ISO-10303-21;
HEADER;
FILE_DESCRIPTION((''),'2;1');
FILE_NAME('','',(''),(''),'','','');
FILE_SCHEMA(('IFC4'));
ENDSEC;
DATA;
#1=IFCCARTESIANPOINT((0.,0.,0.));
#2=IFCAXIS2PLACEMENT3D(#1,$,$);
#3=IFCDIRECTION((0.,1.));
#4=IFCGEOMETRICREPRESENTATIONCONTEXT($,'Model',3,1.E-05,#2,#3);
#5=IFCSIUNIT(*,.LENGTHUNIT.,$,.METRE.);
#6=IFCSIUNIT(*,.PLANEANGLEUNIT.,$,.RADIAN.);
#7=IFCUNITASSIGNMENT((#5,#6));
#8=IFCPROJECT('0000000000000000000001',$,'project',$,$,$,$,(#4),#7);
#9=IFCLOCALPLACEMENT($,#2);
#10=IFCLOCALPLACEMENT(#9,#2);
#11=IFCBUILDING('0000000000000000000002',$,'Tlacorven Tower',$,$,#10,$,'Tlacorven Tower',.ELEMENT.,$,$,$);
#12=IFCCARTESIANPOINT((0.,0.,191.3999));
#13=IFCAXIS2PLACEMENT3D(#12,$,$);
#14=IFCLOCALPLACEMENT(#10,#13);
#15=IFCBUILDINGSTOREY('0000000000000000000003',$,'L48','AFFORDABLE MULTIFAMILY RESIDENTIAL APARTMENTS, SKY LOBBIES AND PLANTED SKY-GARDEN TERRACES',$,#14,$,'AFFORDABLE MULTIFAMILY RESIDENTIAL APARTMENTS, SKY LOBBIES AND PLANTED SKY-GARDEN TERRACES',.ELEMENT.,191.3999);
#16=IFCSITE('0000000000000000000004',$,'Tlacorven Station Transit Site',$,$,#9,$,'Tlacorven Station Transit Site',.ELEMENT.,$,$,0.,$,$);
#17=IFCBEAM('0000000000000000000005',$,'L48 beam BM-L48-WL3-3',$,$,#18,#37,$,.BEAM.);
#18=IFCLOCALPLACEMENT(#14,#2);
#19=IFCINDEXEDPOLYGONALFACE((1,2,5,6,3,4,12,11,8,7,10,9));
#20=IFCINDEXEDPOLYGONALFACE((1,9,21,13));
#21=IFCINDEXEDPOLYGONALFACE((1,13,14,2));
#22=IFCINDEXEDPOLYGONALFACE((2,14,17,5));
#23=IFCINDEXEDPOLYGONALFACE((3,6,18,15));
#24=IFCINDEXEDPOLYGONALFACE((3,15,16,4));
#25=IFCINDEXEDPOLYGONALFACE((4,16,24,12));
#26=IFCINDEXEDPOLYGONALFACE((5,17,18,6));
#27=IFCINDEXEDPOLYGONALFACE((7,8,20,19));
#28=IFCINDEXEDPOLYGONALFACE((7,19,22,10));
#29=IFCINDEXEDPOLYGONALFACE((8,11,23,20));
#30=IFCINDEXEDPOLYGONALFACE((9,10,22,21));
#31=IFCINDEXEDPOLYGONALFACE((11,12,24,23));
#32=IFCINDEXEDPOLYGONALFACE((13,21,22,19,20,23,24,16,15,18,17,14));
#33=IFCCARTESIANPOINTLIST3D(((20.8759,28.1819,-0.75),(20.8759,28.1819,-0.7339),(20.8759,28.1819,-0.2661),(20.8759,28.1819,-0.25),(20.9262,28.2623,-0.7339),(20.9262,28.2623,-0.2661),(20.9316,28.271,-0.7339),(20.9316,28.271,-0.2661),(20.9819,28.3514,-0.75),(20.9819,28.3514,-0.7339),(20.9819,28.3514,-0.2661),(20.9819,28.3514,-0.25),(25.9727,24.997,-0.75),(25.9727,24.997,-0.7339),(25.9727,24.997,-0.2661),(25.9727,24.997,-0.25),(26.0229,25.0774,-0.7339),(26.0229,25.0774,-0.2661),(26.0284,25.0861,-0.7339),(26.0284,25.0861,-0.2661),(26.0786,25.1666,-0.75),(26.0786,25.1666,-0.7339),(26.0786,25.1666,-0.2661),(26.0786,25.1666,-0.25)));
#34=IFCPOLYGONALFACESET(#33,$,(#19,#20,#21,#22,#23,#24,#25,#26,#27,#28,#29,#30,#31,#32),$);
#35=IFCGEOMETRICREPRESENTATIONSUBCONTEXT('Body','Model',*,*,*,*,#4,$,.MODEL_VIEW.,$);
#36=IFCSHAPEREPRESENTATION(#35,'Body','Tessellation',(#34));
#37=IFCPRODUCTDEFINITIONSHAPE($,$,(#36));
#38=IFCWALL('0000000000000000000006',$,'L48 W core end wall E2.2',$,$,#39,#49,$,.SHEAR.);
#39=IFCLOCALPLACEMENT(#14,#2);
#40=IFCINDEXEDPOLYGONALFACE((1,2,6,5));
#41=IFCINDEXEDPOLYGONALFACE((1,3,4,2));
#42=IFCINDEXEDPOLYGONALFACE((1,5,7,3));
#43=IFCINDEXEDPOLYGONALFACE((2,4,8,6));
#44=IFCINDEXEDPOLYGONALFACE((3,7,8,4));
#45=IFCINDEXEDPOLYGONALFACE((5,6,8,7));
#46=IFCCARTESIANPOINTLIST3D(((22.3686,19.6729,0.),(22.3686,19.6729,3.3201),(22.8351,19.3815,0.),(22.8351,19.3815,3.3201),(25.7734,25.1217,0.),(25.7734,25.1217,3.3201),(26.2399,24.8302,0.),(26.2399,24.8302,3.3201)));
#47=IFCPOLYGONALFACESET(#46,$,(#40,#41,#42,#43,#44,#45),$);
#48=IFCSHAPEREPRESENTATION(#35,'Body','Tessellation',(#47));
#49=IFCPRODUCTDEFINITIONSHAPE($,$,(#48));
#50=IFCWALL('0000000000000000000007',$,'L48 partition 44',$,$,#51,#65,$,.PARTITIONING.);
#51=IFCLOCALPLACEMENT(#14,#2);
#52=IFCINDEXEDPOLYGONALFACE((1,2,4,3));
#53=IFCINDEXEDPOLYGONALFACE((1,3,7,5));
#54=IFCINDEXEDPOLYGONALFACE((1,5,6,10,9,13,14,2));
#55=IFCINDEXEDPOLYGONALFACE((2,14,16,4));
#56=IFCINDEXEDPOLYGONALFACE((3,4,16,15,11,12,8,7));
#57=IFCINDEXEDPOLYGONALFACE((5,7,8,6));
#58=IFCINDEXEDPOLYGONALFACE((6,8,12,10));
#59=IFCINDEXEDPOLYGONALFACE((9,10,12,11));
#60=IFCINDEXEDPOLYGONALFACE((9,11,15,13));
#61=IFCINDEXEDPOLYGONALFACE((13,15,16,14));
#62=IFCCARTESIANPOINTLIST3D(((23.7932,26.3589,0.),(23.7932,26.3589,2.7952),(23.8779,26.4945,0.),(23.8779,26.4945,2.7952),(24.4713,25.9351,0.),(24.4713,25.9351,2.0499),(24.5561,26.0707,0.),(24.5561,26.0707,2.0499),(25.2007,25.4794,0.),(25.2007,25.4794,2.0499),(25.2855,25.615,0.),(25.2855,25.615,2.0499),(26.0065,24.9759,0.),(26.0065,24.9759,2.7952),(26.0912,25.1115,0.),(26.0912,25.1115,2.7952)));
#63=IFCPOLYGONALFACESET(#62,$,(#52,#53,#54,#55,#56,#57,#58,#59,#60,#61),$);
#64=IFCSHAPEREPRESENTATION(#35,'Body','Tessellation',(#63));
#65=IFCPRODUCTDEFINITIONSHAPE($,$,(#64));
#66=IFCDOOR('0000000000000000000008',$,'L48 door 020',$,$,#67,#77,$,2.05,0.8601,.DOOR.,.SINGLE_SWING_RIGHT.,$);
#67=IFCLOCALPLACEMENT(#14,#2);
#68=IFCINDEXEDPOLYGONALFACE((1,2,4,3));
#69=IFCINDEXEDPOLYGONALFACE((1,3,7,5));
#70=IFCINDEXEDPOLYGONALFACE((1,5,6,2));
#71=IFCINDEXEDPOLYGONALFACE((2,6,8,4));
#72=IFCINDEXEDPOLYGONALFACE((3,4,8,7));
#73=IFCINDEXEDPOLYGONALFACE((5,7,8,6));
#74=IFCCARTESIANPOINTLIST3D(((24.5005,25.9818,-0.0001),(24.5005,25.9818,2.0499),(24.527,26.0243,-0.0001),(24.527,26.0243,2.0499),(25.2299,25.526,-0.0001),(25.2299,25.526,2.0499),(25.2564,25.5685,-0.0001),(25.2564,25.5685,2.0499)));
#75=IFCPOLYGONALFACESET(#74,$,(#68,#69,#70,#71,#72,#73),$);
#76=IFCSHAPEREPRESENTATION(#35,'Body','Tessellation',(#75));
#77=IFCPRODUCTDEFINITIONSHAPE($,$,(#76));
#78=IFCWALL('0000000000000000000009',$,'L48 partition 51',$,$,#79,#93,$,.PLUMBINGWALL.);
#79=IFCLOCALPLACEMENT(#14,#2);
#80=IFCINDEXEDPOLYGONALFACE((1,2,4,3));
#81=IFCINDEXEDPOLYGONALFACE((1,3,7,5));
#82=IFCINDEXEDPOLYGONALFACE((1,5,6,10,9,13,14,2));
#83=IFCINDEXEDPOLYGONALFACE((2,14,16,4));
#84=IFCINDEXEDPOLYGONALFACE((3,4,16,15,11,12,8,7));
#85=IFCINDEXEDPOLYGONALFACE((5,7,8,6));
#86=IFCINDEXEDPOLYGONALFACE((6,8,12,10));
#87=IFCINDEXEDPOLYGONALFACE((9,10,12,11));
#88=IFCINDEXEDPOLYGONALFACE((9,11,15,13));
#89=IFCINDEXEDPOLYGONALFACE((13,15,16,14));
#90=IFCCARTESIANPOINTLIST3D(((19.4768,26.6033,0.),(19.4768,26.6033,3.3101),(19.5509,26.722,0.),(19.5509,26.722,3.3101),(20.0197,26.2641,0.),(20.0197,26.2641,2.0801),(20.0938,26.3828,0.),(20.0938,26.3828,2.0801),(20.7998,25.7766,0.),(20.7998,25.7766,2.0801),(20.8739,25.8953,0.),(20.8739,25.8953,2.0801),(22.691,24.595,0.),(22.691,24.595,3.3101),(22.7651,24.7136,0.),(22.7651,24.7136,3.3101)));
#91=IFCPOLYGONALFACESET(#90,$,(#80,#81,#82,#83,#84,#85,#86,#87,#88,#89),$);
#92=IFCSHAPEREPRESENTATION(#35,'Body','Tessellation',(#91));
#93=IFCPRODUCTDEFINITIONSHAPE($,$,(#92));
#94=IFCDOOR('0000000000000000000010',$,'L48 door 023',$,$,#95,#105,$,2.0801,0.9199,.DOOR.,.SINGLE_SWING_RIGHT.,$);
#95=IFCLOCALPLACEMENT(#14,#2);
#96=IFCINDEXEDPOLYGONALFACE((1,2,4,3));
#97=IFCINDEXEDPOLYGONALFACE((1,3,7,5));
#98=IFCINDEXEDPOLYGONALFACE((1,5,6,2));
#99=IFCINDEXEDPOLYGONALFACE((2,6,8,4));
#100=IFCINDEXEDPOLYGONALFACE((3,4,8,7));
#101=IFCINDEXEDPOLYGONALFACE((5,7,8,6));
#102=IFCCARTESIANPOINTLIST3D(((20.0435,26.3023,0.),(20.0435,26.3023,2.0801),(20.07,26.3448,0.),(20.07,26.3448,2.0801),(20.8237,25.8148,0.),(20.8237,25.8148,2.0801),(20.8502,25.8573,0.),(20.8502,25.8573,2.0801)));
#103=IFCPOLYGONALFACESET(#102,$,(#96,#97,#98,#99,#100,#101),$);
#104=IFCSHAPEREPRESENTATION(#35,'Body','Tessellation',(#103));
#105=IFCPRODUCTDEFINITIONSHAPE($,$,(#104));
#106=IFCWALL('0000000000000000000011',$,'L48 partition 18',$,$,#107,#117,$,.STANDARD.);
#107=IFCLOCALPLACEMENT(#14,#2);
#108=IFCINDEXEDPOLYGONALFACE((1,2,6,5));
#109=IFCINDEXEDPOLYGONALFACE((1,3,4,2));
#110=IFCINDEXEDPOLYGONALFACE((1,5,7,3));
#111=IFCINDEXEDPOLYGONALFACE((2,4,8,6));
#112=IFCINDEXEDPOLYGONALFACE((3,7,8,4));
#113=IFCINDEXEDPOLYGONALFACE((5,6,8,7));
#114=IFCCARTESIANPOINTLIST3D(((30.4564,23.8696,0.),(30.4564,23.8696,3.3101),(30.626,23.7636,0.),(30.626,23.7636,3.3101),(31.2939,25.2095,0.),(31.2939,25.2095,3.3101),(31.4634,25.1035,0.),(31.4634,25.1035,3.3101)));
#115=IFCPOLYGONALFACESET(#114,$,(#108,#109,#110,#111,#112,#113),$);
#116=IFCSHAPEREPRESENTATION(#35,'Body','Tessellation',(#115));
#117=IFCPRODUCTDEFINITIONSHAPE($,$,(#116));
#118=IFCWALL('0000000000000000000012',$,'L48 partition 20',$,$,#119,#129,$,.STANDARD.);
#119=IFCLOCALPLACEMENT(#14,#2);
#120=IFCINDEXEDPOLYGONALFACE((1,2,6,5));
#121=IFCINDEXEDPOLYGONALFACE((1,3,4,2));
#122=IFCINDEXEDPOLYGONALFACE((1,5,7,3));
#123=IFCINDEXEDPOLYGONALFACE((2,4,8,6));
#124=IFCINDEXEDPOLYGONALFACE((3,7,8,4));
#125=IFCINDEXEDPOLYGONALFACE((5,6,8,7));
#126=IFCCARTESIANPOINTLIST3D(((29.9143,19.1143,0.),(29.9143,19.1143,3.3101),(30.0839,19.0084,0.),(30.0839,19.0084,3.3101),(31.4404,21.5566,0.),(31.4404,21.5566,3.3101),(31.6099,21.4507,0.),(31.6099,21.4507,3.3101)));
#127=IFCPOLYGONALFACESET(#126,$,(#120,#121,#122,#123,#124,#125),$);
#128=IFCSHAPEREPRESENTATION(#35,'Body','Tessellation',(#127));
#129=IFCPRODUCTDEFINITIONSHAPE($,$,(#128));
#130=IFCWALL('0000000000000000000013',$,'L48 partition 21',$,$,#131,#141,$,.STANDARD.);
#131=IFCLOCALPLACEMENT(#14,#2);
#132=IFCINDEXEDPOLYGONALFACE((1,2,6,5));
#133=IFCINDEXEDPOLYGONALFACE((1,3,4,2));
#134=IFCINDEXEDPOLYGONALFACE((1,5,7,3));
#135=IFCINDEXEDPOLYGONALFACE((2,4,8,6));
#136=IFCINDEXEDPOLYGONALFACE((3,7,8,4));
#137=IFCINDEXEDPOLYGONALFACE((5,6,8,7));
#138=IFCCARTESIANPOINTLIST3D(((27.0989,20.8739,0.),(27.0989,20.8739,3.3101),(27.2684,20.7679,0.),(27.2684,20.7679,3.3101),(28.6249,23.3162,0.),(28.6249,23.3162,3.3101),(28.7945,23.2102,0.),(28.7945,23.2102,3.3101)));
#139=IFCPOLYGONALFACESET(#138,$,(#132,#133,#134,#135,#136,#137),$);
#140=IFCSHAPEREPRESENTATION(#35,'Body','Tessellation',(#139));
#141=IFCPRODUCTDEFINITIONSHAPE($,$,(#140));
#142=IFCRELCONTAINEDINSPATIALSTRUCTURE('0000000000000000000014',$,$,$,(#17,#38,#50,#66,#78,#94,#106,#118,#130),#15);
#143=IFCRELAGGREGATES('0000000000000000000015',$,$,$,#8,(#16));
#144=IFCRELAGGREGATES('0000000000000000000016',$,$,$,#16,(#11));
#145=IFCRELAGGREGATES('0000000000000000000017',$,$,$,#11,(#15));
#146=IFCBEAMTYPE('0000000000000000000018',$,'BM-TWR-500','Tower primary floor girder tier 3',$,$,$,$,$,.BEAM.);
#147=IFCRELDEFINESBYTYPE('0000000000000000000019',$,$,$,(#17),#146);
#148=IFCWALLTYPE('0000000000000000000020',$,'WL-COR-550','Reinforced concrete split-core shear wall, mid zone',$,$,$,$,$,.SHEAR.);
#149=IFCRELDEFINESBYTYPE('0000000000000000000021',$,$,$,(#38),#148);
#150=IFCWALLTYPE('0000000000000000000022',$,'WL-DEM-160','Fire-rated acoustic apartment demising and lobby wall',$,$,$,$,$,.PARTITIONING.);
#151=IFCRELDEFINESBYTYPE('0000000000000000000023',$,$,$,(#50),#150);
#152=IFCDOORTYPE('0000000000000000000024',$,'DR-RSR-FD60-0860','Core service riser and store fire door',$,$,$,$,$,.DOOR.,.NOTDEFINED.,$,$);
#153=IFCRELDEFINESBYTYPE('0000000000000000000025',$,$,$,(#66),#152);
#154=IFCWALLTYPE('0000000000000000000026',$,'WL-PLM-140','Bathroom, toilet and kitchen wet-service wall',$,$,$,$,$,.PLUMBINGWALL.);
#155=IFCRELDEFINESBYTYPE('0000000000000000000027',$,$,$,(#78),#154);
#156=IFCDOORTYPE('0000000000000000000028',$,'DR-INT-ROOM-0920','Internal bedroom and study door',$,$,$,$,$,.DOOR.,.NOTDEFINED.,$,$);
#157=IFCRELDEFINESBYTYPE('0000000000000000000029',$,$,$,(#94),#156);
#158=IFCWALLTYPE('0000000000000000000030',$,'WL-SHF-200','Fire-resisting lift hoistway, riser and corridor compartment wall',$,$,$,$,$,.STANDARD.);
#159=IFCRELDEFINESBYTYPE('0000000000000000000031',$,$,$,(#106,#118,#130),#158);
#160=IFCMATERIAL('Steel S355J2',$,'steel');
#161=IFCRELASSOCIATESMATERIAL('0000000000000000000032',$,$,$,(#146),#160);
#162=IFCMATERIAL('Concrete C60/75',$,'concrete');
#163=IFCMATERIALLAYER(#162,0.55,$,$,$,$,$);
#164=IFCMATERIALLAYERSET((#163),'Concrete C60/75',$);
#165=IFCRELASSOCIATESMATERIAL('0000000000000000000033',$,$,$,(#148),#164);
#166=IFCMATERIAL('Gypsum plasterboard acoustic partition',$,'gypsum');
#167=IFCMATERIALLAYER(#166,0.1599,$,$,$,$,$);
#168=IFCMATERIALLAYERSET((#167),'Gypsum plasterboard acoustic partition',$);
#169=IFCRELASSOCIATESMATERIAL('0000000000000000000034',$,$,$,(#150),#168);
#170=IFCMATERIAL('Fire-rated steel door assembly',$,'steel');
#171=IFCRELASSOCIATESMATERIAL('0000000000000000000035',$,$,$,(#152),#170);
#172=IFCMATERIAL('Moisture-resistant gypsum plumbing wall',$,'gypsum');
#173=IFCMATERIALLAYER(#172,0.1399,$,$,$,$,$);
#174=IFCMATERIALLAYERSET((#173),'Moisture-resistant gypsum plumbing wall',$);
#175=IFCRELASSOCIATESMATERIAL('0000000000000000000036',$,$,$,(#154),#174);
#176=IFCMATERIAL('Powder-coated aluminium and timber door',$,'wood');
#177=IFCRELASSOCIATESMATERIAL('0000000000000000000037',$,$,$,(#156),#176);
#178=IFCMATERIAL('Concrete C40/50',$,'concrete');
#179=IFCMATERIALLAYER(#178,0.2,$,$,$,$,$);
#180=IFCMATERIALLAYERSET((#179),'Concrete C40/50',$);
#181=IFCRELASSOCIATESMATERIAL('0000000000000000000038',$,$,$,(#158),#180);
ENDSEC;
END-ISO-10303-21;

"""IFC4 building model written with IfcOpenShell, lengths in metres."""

from ifc_helpers import new_model, si_unit, direction, frame, frame_2d, origin, origin_2d, place, context, subcontext, project, spatial, rectangle, i_section, extrude, source, transform, mapped, material, layer, layer_set, material_profile, profile_set, type_object, element, fill, save


model = new_model("IFC4")

# Units and contexts
model_context = context("Model", 3, precision=1e-05, world=origin(), true_north=direction((0.0, 1.0)))
body_context = subcontext(model_context, "Body", "Model", "MODEL_VIEW")
ifc_project = project(units=[si_unit("LENGTHUNIT", "METRE"), si_unit("PLANEANGLEUNIT", "RADIAN")], contexts=[model_context])

# Site, building, storey
site_placement = place(None, origin())
site = spatial("IfcSite", under=ifc_project, at=site_placement, Name="Tlacorven Station Transit Site", LongName="Tlacorven Station Transit Site", CompositionType="ELEMENT", RefElevation=0.0)
building_placement = place(site_placement, origin())
building = spatial("IfcBuilding", under=site, at=building_placement, Name="Tlacorven Tower", LongName="Tlacorven Tower", CompositionType="ELEMENT")
storey_placement = place(building_placement, frame((0.0, 0.0, 191.3999)))
storey = spatial("IfcBuildingStorey", under=building, at=storey_placement, Name="L48", Description="AFFORDABLE MULTIFAMILY RESIDENTIAL APARTMENTS, SKY LOBBIES AND PLANTED SKY-GARDEN TERRACES", LongName="AFFORDABLE MULTIFAMILY RESIDENTIAL APARTMENTS, SKY LOBBIES AND PLANTED SKY-GARDEN TERRACES", CompositionType="ELEMENT", Elevation=191.3999)

# Beam
ifc_material_1 = material(Name="Steel S355J2", Category="steel")
ifc_material_profile = material_profile(ifc_material_1, i_section(OverallWidth=0.2, OverallDepth=0.5, WebThickness=0.0103, FlangeThickness=0.0161, at=origin_2d()), Name="IPE 500")
ifc_profile_set = profile_set([ifc_material_profile], Name="Steel S355J2")
beam_type = type_object("IfcBeamType", Name="BM-TWR-500", Description="Tower primary floor girder tier 3", PredefinedType="BEAM", material=ifc_profile_set)
shared_shape_1 = source(origin(), body_context, "Body", "SweptSolid", [
    extrude(i_section(OverallWidth=0.2, OverallDepth=0.5, WebThickness=0.0103, FlangeThickness=0.0161, at=origin_2d()), origin(), (0.0, 0.0, 1.0), 6.01),
])
beam_placement = place(storey_placement, frame((26.0256, 25.0818, -0.5), z_axis=(-0.848044, 0.529926, 0.0), x_axis=(-0.529926, -0.848044, 0.0)))
element("IfcBeam", 1, at=beam_placement, inside=storey, type_object=beam_type, Name="L48 beam BM-L48-WL3-3", PredefinedType="BEAM", context=body_context, shape_type="MappedRepresentation", body=[
    mapped(shared_shape_1, transform((0.0, 0.0, 0.0), scale=1.0)),
])

# Wall
ifc_material_2 = material(Name="Concrete C60/75", Category="concrete")
ifc_layer_1 = layer(ifc_material_2, 0.55)
ifc_layer_set_1 = layer_set([ifc_layer_1], Name="Concrete C60/75")
wall_type_1 = type_object("IfcWallType", Name="WL-COR-550", Description="Reinforced concrete split-core shear wall, mid zone", PredefinedType="SHEAR", material=ifc_layer_set_1)
wall_1_placement = place(storey_placement, frame((26.0066, 24.9758, 0.0), z_axis=(0.0, 0.0, 1.0), x_axis=(-0.529924, -0.848045, 0.0)))
element("IfcWall", 2, at=wall_1_placement, inside=storey, type_object=wall_type_1, Name="L48 W core end wall E2.2", PredefinedType="SHEAR", context=body_context, shape_type="SweptSolid", body=[
    extrude(rectangle(XDim=6.425, YDim=0.55, at=frame_2d((3.2124, 0.0))), origin(), (0.0, 0.0, 1.0), 3.3201),
])

# Walls, openings, doors
ifc_material_3 = material(Name="Gypsum plasterboard acoustic partition", Category="gypsum")
ifc_layer_2 = layer(ifc_material_3, 0.1599)
ifc_layer_set_2 = layer_set([ifc_layer_2], Name="Gypsum plasterboard acoustic partition")
wall_type_2 = type_object("IfcWallType", Name="WL-DEM-160", Description="Fire-rated acoustic apartment demising and lobby wall", PredefinedType="PARTITIONING", material=ifc_layer_set_2)
wall_2_placement = place(storey_placement, frame((26.0488, 25.0437, 0.0), z_axis=(0.0, 0.0, 1.0), x_axis=(-0.848051, 0.529915, 0.0)))
wall_2 = element("IfcWall", 3, at=wall_2_placement, inside=storey, type_object=wall_type_2, Name="L48 partition 44", PredefinedType="PARTITIONING", context=body_context, shape_type="SweptSolid", body=[
    extrude(rectangle(XDim=2.6099, YDim=0.1599, at=frame_2d((1.3049, 0.0))), origin(), (0.0, 0.0, 1.0), 2.7952),
])
opening_1_placement = place(wall_2_placement, frame((0.95, 0.0, 0.0)))
opening_1 = element("IfcOpeningElement", 4, at=opening_1_placement, cuts=wall_2, PredefinedType="OPENING", context=body_context, shape_type="SweptSolid", body=[
    extrude(rectangle(XDim=0.8601, YDim=2.05, at=frame_2d((0.4302, 1.0249))), frame((0.0, 0.0898, 0.0), z_axis=(0.0, -1.0, 0.0), x_axis=(1.0, 0.0, 0.0)), (0.0, 0.0, 1.0), 0.1799),
])
ifc_material_4 = material(Name="Fire-rated steel door assembly", Category="steel")
door_type_1 = type_object("IfcDoorType", Name="DR-RSR-FD60-0860", Description="Core service riser and store fire door", OperationType="NOTDEFINED", PredefinedType="DOOR", material=ifc_material_4)
shared_shape_2 = source(origin(), body_context, "Body", "SweptSolid", [
    extrude(rectangle(XDim=0.8601, YDim=2.05, at=frame_2d((0.4302, 1.0249))), frame((0.0, 0.0249, 0.0), z_axis=(0.0, -1.0, 0.0), x_axis=(1.0, 0.0, 0.0)), (0.0, 0.0, 1.0), 0.05),
])
door_1_placement = place(opening_1_placement, origin())
door_1 = element("IfcDoor", 5, at=door_1_placement, inside=storey, type_object=door_type_1, Name="L48 door 020", OperationType="SINGLE_SWING_RIGHT", OverallHeight=2.05, OverallWidth=0.8601, PredefinedType="DOOR", context=body_context, shape_type="MappedRepresentation", body=[
    mapped(shared_shape_2, transform((0.0, 0.0, 0.0), scale=1.0)),
])
fill(opening_1, door_1)
ifc_material_5 = material(Name="Moisture-resistant gypsum plumbing wall", Category="gypsum")
ifc_layer_3 = layer(ifc_material_5, 0.1399)
ifc_layer_set_3 = layer_set([ifc_layer_3], Name="Moisture-resistant gypsum plumbing wall")
wall_type_3 = type_object("IfcWallType", Name="WL-PLM-140", Description="Bathroom, toilet and kitchen wet-service wall", PredefinedType="PLUMBINGWALL", material=ifc_layer_set_3)
wall_3_placement = place(storey_placement, frame((22.728, 24.6543, 0.0), z_axis=(0.0, 0.0, 1.0), x_axis=(-0.84806, 0.529901, 0.0)))
wall_3 = element("IfcWall", 6, at=wall_3_placement, inside=storey, type_object=wall_type_3, Name="L48 partition 51", PredefinedType="PLUMBINGWALL", context=body_context, shape_type="SweptSolid", body=[
    extrude(rectangle(XDim=3.79, YDim=0.1399, at=frame_2d((1.895, 0.0))), origin(), (0.0, 0.0, 1.0), 3.3101),
])
opening_2_placement = place(wall_3_placement, frame((2.23, 0.0, 0.0)))
opening_2 = element("IfcOpeningElement", 7, at=opening_2_placement, cuts=wall_3, PredefinedType="OPENING", context=body_context, shape_type="SweptSolid", body=[
    extrude(rectangle(XDim=0.9199, YDim=2.0801, at=frame_2d((0.46, 1.04))), frame((0.0, 0.0801, 0.0), z_axis=(0.0, -1.0, 0.0), x_axis=(1.0, 0.0, 0.0)), (0.0, 0.0, 1.0), 0.1599),
])
ifc_material_6 = material(Name="Powder-coated aluminium and timber door", Category="wood")
door_type_2 = type_object("IfcDoorType", Name="DR-INT-ROOM-0920", Description="Internal bedroom and study door", OperationType="NOTDEFINED", PredefinedType="DOOR", material=ifc_material_6)
shared_shape_3 = source(origin(), body_context, "Body", "SweptSolid", [
    extrude(rectangle(XDim=0.9199, YDim=2.0801, at=frame_2d((0.46, 1.04))), frame((0.0, 0.0249, 0.0), z_axis=(0.0, -1.0, 0.0), x_axis=(1.0, 0.0, 0.0)), (0.0, 0.0, 1.0), 0.05),
])
door_2_placement = place(opening_2_placement, origin())
door_2 = element("IfcDoor", 8, at=door_2_placement, inside=storey, type_object=door_type_2, Name="L48 door 023", OperationType="SINGLE_SWING_RIGHT", OverallHeight=2.0801, OverallWidth=0.9199, PredefinedType="DOOR", context=body_context, shape_type="MappedRepresentation", body=[
    mapped(shared_shape_3, transform((0.0, 0.0, 0.0), scale=1.0)),
])
fill(opening_2, door_2)

# Walls
ifc_material_7 = material(Name="Concrete C40/50", Category="concrete")
ifc_layer_4 = layer(ifc_material_7, 0.2)
ifc_layer_set_4 = layer_set([ifc_layer_4], Name="Concrete C40/50")
wall_type_4 = type_object("IfcWallType", Name="WL-SHF-200", Description="Fire-resisting lift hoistway, riser and corridor compartment wall", PredefinedType="STANDARD", material=ifc_layer_set_4)
wall_4_placement = place(storey_placement, frame((31.3787, 25.1565, 0.0), z_axis=(0.0, 0.0, 1.0), x_axis=(-0.529999, -0.847998, 0.0)))
element("IfcWall", 9, at=wall_4_placement, inside=storey, type_object=wall_type_4, Name="L48 partition 18", PredefinedType="STANDARD", context=body_context, shape_type="SweptSolid", body=[
    extrude(rectangle(XDim=1.5801, YDim=0.2, at=frame_2d((0.79, 0.0))), origin(), (0.0, 0.0, 1.0), 3.3101),
])
for number, where, z_axis, x_axis, name in (
    (10, (31.5251, 21.5037, 0.0), (0.0, 0.0, 1.0), (-0.529907, -0.848055, 0.0), "L48 partition 20"),
    (11, (28.7097, 23.2632, 0.0), (0.0, 0.0, 1.0), (-0.529907, -0.848055, 0.0), "L48 partition 21"),
):
    element("IfcWall", number, at=place(storey_placement, frame(where, z_axis=z_axis, x_axis=x_axis)), inside=storey, type_object=wall_type_4, Name=name, PredefinedType="STANDARD", context=body_context, shape_type="SweptSolid", body=[
        extrude(rectangle(XDim=2.8799, YDim=0.2, at=frame_2d((1.4399, 0.0))), origin(), (0.0, 0.0, 1.0), 3.3101),
    ])

save(model, "model.ifc")
